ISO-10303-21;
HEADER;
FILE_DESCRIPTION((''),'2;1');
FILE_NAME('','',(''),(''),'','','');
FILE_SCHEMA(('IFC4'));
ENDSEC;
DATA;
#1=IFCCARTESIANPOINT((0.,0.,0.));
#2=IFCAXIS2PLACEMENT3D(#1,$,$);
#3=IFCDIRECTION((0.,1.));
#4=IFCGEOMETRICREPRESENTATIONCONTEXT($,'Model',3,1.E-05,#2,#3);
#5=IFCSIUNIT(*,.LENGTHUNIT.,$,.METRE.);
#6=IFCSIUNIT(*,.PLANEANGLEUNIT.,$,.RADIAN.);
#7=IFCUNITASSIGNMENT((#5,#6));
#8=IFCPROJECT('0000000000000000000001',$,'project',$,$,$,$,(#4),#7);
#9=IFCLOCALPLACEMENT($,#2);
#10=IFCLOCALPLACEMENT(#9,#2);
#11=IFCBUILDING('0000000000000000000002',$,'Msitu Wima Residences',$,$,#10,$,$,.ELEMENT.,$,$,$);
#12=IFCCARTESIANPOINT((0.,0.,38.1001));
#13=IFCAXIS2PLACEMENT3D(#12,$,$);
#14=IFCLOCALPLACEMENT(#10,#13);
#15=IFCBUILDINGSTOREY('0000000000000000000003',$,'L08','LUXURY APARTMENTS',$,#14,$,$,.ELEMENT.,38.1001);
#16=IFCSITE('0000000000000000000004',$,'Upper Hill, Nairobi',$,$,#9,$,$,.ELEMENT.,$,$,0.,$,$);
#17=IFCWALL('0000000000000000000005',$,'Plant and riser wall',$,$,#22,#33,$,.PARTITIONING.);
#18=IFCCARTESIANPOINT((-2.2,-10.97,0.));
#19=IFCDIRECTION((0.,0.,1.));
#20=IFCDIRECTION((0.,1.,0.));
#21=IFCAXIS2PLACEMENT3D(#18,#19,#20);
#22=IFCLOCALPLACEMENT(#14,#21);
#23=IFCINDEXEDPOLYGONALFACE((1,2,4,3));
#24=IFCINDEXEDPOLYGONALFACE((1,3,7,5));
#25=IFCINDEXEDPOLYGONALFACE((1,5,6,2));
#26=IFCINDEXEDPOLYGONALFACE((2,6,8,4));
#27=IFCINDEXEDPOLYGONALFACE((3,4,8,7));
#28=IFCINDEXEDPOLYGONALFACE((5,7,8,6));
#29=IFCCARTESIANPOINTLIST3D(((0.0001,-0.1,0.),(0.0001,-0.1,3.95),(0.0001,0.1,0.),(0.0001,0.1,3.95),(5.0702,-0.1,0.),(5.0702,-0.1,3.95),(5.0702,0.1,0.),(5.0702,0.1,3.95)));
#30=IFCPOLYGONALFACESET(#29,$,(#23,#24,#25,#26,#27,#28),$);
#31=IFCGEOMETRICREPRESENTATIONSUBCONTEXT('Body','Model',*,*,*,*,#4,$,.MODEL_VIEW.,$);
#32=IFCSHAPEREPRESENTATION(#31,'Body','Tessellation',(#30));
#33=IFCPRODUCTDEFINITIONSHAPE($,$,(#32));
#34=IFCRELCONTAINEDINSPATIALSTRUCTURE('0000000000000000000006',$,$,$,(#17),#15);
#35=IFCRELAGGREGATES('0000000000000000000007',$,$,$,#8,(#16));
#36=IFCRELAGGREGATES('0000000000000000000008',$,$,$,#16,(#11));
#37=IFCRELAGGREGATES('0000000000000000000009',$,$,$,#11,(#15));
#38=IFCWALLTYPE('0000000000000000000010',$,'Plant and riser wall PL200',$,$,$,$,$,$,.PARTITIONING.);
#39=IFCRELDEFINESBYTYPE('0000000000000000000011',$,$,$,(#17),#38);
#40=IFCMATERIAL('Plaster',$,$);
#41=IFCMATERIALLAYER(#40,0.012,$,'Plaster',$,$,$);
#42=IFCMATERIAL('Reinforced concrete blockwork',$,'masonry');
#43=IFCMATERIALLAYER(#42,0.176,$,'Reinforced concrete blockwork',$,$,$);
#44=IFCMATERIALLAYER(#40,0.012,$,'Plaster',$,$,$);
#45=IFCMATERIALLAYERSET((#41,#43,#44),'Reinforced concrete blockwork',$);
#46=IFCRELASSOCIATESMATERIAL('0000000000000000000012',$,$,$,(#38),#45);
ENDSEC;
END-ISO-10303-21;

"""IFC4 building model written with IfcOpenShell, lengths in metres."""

from ifc_helpers import new_model, si_unit, direction, frame, frame_2d, origin, place, context, subcontext, project, spatial, rectangle, extrude, material, layer, layer_set, type_object, element, save


model = new_model("IFC4")

# Units and contexts
model_context = context("Model", 3, precision=1e-05, world=origin(), true_north=direction((0.0, 1.0)))
body_context = subcontext(model_context, "Body", "Model", "MODEL_VIEW")
ifc_project = project(units=[si_unit("LENGTHUNIT", "METRE"), si_unit("PLANEANGLEUNIT", "RADIAN")], contexts=[model_context])

# Site, building, storey
site_placement = place(None, origin())
site = spatial("IfcSite", under=ifc_project, at=site_placement, Name="Upper Hill, Nairobi", CompositionType="ELEMENT", RefElevation=0.0)
building_placement = place(site_placement, origin())
building = spatial("IfcBuilding", under=site, at=building_placement, Name="Msitu Wima Residences", CompositionType="ELEMENT")
storey_placement = place(building_placement, frame((0.0, 0.0, 38.1001)))
storey = spatial("IfcBuildingStorey", under=building, at=storey_placement, Name="L08", Description="LUXURY APARTMENTS", CompositionType="ELEMENT", Elevation=38.1001)

# Shared definitions
ifc_material_1 = material(Name="Plaster")

# Shared definitions
ifc_layer_1 = layer(ifc_material_1, 0.012, Name="Plaster")
ifc_material_2 = material(Name="Reinforced concrete blockwork", Category="masonry")
ifc_layer_2 = layer(ifc_material_2, 0.176, Name="Reinforced concrete blockwork")
ifc_layer_3 = layer(ifc_material_1, 0.012, Name="Plaster")
ifc_layer_set_1 = layer_set([ifc_layer_1, ifc_layer_2, ifc_layer_3], Name="Reinforced concrete blockwork")
wall_type_1 = type_object("IfcWallType", Name="Plant and riser wall PL200", PredefinedType="PARTITIONING", material=ifc_layer_set_1)

# Wall
wall_1_placement = place(storey_placement, frame((-2.2, -10.97, 0.0), z_axis=(0.0, 0.0, 1.0), x_axis=(0.0, 1.0, 0.0)))
element("IfcWall", 1, at=wall_1_placement, inside=storey, type_object=wall_type_1, Name="Plant and riser wall", PredefinedType="PARTITIONING", context=body_context, shape_type="SweptSolid", body=[
    extrude(rectangle(XDim=5.0701, YDim=0.2, at=frame_2d((2.5352, 0.0))), origin(), (0.0, 0.0, 1.0), 3.95),
])

save(model, "model.ifc")
